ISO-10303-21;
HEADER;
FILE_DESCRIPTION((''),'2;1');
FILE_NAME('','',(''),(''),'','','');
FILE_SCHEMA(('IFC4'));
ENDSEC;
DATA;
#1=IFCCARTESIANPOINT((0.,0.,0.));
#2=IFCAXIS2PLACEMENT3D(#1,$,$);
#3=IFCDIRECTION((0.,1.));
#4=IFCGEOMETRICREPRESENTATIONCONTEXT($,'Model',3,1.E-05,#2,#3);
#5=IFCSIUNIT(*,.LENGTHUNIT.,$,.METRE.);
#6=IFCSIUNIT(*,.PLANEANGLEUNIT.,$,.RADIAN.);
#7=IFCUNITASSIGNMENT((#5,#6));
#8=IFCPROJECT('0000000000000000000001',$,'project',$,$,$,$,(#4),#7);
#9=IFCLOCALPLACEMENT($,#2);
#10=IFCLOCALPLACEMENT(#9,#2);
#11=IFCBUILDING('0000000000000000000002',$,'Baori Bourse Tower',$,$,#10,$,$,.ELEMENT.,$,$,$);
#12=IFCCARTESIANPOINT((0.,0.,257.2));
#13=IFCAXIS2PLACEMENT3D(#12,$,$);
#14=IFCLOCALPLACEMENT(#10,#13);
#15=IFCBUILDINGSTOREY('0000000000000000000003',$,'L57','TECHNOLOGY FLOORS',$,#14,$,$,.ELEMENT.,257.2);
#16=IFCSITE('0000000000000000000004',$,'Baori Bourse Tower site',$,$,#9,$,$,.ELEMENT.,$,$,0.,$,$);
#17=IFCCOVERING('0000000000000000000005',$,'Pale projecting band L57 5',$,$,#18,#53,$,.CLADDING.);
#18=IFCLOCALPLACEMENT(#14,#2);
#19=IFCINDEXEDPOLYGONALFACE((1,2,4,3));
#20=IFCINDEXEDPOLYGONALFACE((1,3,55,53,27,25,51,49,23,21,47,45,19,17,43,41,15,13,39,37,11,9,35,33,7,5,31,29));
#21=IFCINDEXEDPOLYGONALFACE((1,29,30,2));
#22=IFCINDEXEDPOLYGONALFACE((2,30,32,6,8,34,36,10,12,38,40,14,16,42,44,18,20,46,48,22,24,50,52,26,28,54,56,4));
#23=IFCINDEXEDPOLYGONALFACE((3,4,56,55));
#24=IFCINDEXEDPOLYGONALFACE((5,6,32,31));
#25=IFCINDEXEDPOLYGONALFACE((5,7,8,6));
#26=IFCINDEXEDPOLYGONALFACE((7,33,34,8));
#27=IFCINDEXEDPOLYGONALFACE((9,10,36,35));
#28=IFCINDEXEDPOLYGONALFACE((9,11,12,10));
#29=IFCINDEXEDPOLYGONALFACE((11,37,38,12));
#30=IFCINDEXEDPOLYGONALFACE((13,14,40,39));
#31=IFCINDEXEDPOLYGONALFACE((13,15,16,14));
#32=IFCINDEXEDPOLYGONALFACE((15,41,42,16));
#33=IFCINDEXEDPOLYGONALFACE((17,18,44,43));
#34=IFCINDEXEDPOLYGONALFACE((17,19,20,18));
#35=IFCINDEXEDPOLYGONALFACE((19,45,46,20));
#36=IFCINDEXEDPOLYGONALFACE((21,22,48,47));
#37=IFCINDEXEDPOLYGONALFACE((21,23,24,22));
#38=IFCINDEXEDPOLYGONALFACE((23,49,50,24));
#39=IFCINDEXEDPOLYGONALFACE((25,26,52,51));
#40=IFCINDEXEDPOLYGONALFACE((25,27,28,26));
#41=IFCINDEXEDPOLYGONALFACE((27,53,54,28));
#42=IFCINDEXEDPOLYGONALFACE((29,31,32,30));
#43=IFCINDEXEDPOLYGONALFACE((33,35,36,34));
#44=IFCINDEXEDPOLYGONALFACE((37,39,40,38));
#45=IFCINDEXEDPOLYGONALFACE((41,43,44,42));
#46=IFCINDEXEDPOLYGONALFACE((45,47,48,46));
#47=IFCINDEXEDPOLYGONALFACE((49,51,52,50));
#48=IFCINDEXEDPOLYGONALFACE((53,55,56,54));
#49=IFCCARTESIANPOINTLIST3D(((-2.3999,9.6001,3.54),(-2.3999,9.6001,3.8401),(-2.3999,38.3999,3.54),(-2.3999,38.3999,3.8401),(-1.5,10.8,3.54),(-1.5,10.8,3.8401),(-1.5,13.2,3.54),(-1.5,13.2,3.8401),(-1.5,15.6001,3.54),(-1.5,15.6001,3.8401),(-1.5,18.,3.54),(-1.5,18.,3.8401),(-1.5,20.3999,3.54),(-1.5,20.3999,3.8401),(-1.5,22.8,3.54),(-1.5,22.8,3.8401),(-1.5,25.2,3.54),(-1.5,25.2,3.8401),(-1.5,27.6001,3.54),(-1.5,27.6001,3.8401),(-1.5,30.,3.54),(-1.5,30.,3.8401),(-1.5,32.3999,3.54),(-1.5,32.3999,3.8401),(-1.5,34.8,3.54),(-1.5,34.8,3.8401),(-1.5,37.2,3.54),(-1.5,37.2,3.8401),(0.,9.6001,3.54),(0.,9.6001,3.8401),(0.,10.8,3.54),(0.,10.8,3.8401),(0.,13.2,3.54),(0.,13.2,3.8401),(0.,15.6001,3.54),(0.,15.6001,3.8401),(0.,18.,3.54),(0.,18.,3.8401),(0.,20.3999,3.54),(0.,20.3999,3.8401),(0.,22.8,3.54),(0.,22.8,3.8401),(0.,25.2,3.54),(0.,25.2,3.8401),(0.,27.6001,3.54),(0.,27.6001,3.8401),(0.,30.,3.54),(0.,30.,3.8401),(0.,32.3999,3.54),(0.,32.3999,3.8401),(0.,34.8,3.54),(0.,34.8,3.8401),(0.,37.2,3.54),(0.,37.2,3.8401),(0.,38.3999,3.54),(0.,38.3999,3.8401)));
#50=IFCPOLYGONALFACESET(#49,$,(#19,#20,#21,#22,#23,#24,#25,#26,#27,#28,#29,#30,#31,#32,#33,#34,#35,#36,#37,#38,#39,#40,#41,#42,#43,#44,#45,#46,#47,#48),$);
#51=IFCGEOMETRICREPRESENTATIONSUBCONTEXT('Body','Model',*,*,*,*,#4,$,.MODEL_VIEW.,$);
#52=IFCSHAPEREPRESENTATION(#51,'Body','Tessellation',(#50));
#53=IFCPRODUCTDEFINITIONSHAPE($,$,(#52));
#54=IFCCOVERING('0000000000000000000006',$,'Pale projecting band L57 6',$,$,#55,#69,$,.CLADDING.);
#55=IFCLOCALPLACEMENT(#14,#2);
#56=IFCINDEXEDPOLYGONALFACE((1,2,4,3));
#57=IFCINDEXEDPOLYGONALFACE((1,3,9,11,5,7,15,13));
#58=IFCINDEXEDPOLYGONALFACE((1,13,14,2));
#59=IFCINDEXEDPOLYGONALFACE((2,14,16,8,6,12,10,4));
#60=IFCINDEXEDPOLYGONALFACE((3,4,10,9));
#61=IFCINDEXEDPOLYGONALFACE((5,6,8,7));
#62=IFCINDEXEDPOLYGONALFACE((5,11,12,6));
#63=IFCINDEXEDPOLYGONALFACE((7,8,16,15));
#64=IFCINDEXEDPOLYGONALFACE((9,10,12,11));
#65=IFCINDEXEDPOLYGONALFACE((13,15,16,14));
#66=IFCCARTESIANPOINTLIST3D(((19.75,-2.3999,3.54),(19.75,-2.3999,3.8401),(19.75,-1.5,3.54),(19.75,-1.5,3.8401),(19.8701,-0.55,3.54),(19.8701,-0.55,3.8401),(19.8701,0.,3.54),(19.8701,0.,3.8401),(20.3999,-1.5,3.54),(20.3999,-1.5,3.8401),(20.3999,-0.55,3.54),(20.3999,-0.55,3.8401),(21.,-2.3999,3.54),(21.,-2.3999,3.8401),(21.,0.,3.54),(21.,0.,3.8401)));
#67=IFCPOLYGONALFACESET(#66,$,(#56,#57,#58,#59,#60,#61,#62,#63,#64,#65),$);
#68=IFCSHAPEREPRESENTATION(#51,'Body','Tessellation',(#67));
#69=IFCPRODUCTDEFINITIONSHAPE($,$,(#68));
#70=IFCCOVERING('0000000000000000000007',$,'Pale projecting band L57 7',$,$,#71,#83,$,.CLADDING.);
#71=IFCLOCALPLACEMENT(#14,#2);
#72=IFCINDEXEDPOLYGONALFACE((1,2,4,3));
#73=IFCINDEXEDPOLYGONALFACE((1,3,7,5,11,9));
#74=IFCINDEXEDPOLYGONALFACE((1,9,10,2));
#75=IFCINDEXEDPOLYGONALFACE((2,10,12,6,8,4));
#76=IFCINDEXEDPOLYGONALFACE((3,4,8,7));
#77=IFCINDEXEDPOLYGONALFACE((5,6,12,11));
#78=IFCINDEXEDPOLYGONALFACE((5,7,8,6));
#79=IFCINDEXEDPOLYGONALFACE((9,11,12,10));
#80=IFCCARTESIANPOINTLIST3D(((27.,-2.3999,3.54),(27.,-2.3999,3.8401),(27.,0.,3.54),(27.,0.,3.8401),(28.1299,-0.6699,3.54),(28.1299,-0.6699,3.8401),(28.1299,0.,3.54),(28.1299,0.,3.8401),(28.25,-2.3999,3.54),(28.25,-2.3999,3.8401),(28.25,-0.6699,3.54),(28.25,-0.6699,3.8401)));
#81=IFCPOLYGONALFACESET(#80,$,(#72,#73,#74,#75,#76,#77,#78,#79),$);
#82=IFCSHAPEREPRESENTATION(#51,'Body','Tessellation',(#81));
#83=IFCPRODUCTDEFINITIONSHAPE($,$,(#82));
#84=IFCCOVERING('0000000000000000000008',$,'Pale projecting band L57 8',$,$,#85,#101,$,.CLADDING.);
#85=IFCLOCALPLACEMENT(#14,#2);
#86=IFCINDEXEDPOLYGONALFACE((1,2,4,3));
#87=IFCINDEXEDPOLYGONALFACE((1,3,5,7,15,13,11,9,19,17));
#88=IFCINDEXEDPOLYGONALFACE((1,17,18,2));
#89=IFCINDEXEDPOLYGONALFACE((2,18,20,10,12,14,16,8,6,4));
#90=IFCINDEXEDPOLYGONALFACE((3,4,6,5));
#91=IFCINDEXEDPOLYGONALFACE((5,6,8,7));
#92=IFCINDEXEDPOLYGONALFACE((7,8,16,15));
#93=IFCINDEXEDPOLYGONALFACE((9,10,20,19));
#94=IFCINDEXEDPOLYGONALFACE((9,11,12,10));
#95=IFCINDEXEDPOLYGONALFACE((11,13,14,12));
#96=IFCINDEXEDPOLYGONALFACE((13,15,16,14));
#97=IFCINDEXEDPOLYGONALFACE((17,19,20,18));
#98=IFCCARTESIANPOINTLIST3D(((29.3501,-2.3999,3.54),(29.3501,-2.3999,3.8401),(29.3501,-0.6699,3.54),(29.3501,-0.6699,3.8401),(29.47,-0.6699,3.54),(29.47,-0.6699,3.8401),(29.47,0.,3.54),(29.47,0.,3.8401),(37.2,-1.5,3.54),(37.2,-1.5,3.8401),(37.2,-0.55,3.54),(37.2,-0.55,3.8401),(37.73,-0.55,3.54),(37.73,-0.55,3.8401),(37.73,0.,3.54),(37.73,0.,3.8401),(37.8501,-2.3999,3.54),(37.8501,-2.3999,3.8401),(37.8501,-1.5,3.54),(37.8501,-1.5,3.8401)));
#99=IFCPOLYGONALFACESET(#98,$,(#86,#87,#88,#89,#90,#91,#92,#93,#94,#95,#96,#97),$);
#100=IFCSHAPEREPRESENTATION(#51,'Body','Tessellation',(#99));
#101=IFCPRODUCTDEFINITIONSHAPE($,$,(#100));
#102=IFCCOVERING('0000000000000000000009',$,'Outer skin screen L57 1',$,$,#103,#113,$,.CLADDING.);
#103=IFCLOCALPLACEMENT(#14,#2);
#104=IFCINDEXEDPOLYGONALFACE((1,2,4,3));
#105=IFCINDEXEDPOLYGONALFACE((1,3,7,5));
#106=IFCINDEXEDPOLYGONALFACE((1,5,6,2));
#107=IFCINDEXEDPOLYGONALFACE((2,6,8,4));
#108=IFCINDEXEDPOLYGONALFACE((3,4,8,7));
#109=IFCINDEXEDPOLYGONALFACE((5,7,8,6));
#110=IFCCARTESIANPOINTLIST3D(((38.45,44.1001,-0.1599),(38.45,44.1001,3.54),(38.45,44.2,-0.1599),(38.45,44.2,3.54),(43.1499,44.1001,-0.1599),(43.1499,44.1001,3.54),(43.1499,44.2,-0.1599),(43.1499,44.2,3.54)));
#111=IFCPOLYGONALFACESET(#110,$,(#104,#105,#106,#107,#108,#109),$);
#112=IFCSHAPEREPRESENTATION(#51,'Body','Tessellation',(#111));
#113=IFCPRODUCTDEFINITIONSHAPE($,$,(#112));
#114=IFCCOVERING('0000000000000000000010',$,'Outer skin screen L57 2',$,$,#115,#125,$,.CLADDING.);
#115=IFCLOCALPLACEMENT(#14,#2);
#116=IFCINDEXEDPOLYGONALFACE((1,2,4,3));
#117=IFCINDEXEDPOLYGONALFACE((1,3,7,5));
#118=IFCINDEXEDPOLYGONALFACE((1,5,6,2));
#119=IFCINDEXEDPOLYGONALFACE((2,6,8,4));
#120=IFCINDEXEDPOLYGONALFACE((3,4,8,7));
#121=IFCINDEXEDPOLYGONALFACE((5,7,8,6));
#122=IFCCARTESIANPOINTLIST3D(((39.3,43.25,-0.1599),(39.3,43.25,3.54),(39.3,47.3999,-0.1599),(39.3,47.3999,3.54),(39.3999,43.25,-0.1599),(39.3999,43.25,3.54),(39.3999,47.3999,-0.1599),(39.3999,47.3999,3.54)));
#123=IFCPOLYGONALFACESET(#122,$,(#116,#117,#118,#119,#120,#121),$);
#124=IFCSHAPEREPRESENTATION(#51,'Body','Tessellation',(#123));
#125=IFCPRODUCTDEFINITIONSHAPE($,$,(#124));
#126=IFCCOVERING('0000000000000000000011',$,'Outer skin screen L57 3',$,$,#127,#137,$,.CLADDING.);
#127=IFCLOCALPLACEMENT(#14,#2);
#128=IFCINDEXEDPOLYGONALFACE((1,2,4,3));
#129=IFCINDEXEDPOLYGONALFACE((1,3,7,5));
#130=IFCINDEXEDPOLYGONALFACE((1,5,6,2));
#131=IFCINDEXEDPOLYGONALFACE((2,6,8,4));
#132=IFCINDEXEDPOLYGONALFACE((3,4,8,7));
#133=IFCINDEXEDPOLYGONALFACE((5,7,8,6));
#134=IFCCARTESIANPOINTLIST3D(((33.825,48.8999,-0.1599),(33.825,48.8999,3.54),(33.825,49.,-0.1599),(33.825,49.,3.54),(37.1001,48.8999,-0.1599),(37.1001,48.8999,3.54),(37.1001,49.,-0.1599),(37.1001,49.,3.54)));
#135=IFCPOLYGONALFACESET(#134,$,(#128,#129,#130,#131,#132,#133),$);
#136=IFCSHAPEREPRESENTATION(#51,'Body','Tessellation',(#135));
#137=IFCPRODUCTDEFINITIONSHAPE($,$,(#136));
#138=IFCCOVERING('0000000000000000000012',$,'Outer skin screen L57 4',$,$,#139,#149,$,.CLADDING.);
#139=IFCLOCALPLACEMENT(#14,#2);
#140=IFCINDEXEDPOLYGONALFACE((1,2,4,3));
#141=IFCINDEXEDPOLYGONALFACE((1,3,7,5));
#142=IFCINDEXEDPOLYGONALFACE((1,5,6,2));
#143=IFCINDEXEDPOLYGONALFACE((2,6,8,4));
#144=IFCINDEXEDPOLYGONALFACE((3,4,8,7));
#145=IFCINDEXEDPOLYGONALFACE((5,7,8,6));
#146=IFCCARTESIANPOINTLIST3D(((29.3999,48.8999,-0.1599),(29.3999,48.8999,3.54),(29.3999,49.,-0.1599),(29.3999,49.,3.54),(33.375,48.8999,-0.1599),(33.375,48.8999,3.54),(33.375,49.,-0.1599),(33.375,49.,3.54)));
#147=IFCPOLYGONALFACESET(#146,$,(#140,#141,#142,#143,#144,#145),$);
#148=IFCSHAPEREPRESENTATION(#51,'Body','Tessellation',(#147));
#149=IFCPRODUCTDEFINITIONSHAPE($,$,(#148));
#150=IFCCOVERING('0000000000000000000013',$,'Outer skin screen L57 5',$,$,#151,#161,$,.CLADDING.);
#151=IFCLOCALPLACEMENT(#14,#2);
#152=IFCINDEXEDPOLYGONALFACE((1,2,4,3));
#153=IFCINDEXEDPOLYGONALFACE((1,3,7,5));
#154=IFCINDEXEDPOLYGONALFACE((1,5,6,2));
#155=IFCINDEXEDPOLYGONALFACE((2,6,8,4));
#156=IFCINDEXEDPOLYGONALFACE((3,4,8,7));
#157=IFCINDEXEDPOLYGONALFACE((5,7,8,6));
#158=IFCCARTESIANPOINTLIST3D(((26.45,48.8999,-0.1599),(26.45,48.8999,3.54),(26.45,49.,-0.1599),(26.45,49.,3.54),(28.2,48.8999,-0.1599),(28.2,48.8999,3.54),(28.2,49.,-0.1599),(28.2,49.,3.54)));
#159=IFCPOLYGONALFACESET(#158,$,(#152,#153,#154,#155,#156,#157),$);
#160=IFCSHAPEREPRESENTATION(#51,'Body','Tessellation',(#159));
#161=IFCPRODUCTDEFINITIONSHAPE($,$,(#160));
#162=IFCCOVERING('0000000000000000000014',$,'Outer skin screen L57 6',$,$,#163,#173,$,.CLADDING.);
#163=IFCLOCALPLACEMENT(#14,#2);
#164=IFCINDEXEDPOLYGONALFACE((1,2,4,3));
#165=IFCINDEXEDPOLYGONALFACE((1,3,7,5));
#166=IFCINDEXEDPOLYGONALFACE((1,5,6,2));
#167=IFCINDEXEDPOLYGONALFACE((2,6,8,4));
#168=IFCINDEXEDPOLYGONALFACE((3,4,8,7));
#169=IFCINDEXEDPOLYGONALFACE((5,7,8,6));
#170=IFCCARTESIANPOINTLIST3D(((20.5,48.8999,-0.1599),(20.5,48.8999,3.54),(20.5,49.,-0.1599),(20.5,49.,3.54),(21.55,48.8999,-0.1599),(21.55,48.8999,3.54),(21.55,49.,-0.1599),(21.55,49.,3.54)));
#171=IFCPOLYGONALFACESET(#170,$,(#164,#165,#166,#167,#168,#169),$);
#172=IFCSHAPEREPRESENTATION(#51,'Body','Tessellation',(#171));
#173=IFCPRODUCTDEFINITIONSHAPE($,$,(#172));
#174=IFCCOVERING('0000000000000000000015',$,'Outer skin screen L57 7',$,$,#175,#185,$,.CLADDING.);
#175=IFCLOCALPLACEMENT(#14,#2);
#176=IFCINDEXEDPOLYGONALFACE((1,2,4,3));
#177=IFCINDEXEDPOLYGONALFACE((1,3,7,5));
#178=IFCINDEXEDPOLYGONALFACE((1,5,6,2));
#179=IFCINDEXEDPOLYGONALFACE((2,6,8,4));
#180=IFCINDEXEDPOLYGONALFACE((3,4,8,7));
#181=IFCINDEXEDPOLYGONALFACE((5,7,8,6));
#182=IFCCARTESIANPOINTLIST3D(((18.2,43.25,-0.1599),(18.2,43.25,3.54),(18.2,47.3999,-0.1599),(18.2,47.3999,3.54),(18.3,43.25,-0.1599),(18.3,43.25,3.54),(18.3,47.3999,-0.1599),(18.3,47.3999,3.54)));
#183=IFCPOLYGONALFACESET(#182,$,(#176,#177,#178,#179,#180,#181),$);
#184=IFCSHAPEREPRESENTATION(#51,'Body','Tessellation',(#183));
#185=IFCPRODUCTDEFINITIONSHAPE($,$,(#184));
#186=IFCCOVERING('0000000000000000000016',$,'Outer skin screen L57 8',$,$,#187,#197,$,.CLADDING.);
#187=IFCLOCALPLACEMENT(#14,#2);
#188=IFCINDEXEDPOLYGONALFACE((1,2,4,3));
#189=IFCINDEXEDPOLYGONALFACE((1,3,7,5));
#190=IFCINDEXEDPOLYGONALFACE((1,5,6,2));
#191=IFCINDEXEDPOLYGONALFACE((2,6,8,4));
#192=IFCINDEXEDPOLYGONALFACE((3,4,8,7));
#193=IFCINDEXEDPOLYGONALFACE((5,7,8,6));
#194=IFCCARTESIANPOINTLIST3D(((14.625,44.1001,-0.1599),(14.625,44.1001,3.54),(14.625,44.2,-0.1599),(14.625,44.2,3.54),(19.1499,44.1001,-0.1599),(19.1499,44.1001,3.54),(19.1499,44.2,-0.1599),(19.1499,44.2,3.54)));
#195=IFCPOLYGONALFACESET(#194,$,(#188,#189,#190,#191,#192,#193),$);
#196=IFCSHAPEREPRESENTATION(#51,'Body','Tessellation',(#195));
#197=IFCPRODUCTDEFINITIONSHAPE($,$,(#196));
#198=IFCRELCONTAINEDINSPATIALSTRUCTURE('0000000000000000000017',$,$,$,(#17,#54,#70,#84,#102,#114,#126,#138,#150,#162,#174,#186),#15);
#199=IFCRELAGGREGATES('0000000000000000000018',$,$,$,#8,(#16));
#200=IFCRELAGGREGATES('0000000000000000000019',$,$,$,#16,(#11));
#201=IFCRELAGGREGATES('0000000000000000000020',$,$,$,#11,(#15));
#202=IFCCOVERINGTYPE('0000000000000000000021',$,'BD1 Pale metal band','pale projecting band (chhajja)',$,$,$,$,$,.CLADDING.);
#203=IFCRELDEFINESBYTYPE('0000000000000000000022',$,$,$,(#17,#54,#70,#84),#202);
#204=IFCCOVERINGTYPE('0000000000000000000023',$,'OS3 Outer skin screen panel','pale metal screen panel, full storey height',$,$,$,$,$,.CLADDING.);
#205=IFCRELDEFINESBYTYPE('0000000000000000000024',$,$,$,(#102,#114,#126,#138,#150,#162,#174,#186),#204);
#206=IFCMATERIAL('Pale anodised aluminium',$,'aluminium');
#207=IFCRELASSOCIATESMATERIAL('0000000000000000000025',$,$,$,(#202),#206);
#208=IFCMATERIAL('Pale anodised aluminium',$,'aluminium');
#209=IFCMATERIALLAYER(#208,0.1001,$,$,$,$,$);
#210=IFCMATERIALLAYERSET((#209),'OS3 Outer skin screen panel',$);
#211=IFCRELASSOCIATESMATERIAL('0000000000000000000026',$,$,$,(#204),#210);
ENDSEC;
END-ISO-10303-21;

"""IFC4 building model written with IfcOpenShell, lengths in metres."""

from ifc_helpers import new_model, si_unit, direction, frame, origin, place, context, subcontext, project, spatial, polyline, outline, extrude, material, layer, layer_set, type_object, element, save


model = new_model("IFC4")

# Units and contexts
model_context = context("Model", 3, precision=1e-05, world=origin(), true_north=direction((0.0, 1.0)))
body_context = subcontext(model_context, "Body", "Model", "MODEL_VIEW")
ifc_project = project(units=[si_unit("LENGTHUNIT", "METRE"), si_unit("PLANEANGLEUNIT", "RADIAN")], contexts=[model_context])

# Site, building, storey
site_placement = place(None, origin())
site = spatial("IfcSite", under=ifc_project, at=site_placement, Name="Baori Bourse Tower site", CompositionType="ELEMENT", RefElevation=0.0)
building_placement = place(site_placement, origin())
building = spatial("IfcBuilding", under=site, at=building_placement, Name="Baori Bourse Tower", CompositionType="ELEMENT")
storey_placement = place(building_placement, frame((0.0, 0.0, 257.2)))
storey = spatial("IfcBuildingStorey", under=building, at=storey_placement, Name="L57", Description="TECHNOLOGY FLOORS", CompositionType="ELEMENT", Elevation=257.2)

# Coverings
ifc_material_1 = material(Name="Pale anodised aluminium", Category="aluminium")
covering_type_1 = type_object("IfcCoveringType", Name="BD1 Pale metal band", Description="pale projecting band (chhajja)", PredefinedType="CLADDING", material=ifc_material_1)
covering_1_placement = place(storey_placement, frame((0.0, 0.0, 3.54)))
element("IfcCovering", 1, at=covering_1_placement, inside=storey, type_object=covering_type_1, Name="Pale projecting band L57 5", PredefinedType="CLADDING", context=body_context, shape_type="SweptSolid", body=[
    extrude(outline(polyline([(0.0, 37.2), (0.0, 38.3999), (-2.3999, 38.3999), (-2.3999, 9.6001), (0.0, 9.6001), (0.0, 10.8), (-1.5, 10.8), (-1.5, 13.2), (0.0, 13.2), (0.0, 15.6001), (-1.5, 15.6001), (-1.5, 18.0), (0.0, 18.0), (0.0, 20.3999), (-1.5, 20.3999), (-1.5, 22.8), (0.0, 22.8), (0.0, 25.2), (-1.5, 25.2), (-1.5, 27.6001), (0.0, 27.6001), (0.0, 30.0), (-1.5, 30.0), (-1.5, 32.3999), (0.0, 32.3999), (0.0, 34.8), (-1.5, 34.8), (-1.5, 37.2), (0.0, 37.2)])), origin(), (0.0, 0.0, 1.0), 0.3),
])
covering_2_placement = place(storey_placement, frame((0.0, 0.0, 3.54)))
element("IfcCovering", 2, at=covering_2_placement, inside=storey, type_object=covering_type_1, Name="Pale projecting band L57 6", PredefinedType="CLADDING", context=body_context, shape_type="SweptSolid", body=[
    extrude(outline(polyline([(21.0, 0.0), (19.8701, 0.0), (19.8701, -0.55), (20.3999, -0.55), (20.3999, -1.5), (19.75, -1.5), (19.75, -2.3999), (21.0, -2.3999), (21.0, 0.0)])), origin(), (0.0, 0.0, 1.0), 0.3),
])
covering_3_placement = place(storey_placement, frame((0.0, 0.0, 3.54)))
element("IfcCovering", 3, at=covering_3_placement, inside=storey, type_object=covering_type_1, Name="Pale projecting band L57 7", PredefinedType="CLADDING", context=body_context, shape_type="SweptSolid", body=[
    extrude(outline(polyline([(28.1299, 0.0), (27.0, 0.0), (27.0, -2.3999), (28.25, -2.3999), (28.25, -0.6699), (28.1299, -0.6699), (28.1299, 0.0)])), origin(), (0.0, 0.0, 1.0), 0.3),
])
covering_4_placement = place(storey_placement, frame((0.0, 0.0, 3.54)))
element("IfcCovering", 4, at=covering_4_placement, inside=storey, type_object=covering_type_1, Name="Pale projecting band L57 8", PredefinedType="CLADDING", context=body_context, shape_type="SweptSolid", body=[
    extrude(outline(polyline([(37.73, 0.0), (29.47, 0.0), (29.47, -0.6699), (29.3501, -0.6699), (29.3501, -2.3999), (37.8501, -2.3999), (37.8501, -1.5), (37.2, -1.5), (37.2, -0.55), (37.73, -0.55), (37.73, 0.0)])), origin(), (0.0, 0.0, 1.0), 0.3),
])
ifc_material_2 = material(Name="Pale anodised aluminium", Category="aluminium")
ifc_layer_1 = layer(ifc_material_2, 0.1001)
ifc_layer_set_1 = layer_set([ifc_layer_1], Name="OS3 Outer skin screen panel")
covering_type_2 = type_object("IfcCoveringType", Name="OS3 Outer skin screen panel", Description="pale metal screen panel, full storey height", PredefinedType="CLADDING", material=ifc_layer_set_1)
covering_5_placement = place(storey_placement, frame((0.0, 0.0, -0.1599)))
element("IfcCovering", 5, at=covering_5_placement, inside=storey, type_object=covering_type_2, Name="Outer skin screen L57 1", PredefinedType="CLADDING", context=body_context, shape_type="SweptSolid", body=[
    extrude(outline(polyline([(38.45, 44.1001), (43.1499, 44.1001), (43.1499, 44.2), (38.45, 44.2), (38.45, 44.1001)])), origin(), (0.0, 0.0, 1.0), 3.7),
])
covering_6_placement = place(storey_placement, frame((0.0, 0.0, -0.1599)))
element("IfcCovering", 6, at=covering_6_placement, inside=storey, type_object=covering_type_2, Name="Outer skin screen L57 2", PredefinedType="CLADDING", context=body_context, shape_type="SweptSolid", body=[
    extrude(outline(polyline([(39.3, 47.3999), (39.3, 43.25), (39.3999, 43.25), (39.3999, 47.3999), (39.3, 47.3999)])), origin(), (0.0, 0.0, 1.0), 3.7),
])
covering_7_placement = place(storey_placement, frame((0.0, 0.0, -0.1599)))
element("IfcCovering", 7, at=covering_7_placement, inside=storey, type_object=covering_type_2, Name="Outer skin screen L57 3", PredefinedType="CLADDING", context=body_context, shape_type="SweptSolid", body=[
    extrude(outline(polyline([(33.825, 48.8999), (37.1001, 48.8999), (37.1001, 49.0), (33.825, 49.0), (33.825, 48.8999)])), origin(), (0.0, 0.0, 1.0), 3.7),
])
covering_8_placement = place(storey_placement, frame((0.0, 0.0, -0.1599)))
element("IfcCovering", 8, at=covering_8_placement, inside=storey, type_object=covering_type_2, Name="Outer skin screen L57 4", PredefinedType="CLADDING", context=body_context, shape_type="SweptSolid", body=[
    extrude(outline(polyline([(29.3999, 48.8999), (33.375, 48.8999), (33.375, 49.0), (29.3999, 49.0), (29.3999, 48.8999)])), origin(), (0.0, 0.0, 1.0), 3.7),
])
covering_9_placement = place(storey_placement, frame((0.0, 0.0, -0.1599)))
element("IfcCovering", 9, at=covering_9_placement, inside=storey, type_object=covering_type_2, Name="Outer skin screen L57 5", PredefinedType="CLADDING", context=body_context, shape_type="SweptSolid", body=[
    extrude(outline(polyline([(26.45, 48.8999), (28.2, 48.8999), (28.2, 49.0), (26.45, 49.0), (26.45, 48.8999)])), origin(), (0.0, 0.0, 1.0), 3.7),
])
covering_10_placement = place(storey_placement, frame((0.0, 0.0, -0.1599)))
element("IfcCovering", 10, at=covering_10_placement, inside=storey, type_object=covering_type_2, Name="Outer skin screen L57 6", PredefinedType="CLADDING", context=body_context, shape_type="SweptSolid", body=[
    extrude(outline(polyline([(20.5, 48.8999), (21.55, 48.8999), (21.55, 49.0), (20.5, 49.0), (20.5, 48.8999)])), origin(), (0.0, 0.0, 1.0), 3.7),
])
covering_11_placement = place(storey_placement, frame((0.0, 0.0, -0.1599)))
element("IfcCovering", 11, at=covering_11_placement, inside=storey, type_object=covering_type_2, Name="Outer skin screen L57 7", PredefinedType="CLADDING", context=body_context, shape_type="SweptSolid", body=[
    extrude(outline(polyline([(18.3, 43.25), (18.3, 47.3999), (18.2, 47.3999), (18.2, 43.25), (18.3, 43.25)])), origin(), (0.0, 0.0, 1.0), 3.7),
])
covering_12_placement = place(storey_placement, frame((0.0, 0.0, -0.1599)))
element("IfcCovering", 12, at=covering_12_placement, inside=storey, type_object=covering_type_2, Name="Outer skin screen L57 8", PredefinedType="CLADDING", context=body_context, shape_type="SweptSolid", body=[
    extrude(outline(polyline([(14.625, 44.1001), (19.1499, 44.1001), (19.1499, 44.2), (14.625, 44.2), (14.625, 44.1001)])), origin(), (0.0, 0.0, 1.0), 3.7),
])

save(model, "model.ifc")
